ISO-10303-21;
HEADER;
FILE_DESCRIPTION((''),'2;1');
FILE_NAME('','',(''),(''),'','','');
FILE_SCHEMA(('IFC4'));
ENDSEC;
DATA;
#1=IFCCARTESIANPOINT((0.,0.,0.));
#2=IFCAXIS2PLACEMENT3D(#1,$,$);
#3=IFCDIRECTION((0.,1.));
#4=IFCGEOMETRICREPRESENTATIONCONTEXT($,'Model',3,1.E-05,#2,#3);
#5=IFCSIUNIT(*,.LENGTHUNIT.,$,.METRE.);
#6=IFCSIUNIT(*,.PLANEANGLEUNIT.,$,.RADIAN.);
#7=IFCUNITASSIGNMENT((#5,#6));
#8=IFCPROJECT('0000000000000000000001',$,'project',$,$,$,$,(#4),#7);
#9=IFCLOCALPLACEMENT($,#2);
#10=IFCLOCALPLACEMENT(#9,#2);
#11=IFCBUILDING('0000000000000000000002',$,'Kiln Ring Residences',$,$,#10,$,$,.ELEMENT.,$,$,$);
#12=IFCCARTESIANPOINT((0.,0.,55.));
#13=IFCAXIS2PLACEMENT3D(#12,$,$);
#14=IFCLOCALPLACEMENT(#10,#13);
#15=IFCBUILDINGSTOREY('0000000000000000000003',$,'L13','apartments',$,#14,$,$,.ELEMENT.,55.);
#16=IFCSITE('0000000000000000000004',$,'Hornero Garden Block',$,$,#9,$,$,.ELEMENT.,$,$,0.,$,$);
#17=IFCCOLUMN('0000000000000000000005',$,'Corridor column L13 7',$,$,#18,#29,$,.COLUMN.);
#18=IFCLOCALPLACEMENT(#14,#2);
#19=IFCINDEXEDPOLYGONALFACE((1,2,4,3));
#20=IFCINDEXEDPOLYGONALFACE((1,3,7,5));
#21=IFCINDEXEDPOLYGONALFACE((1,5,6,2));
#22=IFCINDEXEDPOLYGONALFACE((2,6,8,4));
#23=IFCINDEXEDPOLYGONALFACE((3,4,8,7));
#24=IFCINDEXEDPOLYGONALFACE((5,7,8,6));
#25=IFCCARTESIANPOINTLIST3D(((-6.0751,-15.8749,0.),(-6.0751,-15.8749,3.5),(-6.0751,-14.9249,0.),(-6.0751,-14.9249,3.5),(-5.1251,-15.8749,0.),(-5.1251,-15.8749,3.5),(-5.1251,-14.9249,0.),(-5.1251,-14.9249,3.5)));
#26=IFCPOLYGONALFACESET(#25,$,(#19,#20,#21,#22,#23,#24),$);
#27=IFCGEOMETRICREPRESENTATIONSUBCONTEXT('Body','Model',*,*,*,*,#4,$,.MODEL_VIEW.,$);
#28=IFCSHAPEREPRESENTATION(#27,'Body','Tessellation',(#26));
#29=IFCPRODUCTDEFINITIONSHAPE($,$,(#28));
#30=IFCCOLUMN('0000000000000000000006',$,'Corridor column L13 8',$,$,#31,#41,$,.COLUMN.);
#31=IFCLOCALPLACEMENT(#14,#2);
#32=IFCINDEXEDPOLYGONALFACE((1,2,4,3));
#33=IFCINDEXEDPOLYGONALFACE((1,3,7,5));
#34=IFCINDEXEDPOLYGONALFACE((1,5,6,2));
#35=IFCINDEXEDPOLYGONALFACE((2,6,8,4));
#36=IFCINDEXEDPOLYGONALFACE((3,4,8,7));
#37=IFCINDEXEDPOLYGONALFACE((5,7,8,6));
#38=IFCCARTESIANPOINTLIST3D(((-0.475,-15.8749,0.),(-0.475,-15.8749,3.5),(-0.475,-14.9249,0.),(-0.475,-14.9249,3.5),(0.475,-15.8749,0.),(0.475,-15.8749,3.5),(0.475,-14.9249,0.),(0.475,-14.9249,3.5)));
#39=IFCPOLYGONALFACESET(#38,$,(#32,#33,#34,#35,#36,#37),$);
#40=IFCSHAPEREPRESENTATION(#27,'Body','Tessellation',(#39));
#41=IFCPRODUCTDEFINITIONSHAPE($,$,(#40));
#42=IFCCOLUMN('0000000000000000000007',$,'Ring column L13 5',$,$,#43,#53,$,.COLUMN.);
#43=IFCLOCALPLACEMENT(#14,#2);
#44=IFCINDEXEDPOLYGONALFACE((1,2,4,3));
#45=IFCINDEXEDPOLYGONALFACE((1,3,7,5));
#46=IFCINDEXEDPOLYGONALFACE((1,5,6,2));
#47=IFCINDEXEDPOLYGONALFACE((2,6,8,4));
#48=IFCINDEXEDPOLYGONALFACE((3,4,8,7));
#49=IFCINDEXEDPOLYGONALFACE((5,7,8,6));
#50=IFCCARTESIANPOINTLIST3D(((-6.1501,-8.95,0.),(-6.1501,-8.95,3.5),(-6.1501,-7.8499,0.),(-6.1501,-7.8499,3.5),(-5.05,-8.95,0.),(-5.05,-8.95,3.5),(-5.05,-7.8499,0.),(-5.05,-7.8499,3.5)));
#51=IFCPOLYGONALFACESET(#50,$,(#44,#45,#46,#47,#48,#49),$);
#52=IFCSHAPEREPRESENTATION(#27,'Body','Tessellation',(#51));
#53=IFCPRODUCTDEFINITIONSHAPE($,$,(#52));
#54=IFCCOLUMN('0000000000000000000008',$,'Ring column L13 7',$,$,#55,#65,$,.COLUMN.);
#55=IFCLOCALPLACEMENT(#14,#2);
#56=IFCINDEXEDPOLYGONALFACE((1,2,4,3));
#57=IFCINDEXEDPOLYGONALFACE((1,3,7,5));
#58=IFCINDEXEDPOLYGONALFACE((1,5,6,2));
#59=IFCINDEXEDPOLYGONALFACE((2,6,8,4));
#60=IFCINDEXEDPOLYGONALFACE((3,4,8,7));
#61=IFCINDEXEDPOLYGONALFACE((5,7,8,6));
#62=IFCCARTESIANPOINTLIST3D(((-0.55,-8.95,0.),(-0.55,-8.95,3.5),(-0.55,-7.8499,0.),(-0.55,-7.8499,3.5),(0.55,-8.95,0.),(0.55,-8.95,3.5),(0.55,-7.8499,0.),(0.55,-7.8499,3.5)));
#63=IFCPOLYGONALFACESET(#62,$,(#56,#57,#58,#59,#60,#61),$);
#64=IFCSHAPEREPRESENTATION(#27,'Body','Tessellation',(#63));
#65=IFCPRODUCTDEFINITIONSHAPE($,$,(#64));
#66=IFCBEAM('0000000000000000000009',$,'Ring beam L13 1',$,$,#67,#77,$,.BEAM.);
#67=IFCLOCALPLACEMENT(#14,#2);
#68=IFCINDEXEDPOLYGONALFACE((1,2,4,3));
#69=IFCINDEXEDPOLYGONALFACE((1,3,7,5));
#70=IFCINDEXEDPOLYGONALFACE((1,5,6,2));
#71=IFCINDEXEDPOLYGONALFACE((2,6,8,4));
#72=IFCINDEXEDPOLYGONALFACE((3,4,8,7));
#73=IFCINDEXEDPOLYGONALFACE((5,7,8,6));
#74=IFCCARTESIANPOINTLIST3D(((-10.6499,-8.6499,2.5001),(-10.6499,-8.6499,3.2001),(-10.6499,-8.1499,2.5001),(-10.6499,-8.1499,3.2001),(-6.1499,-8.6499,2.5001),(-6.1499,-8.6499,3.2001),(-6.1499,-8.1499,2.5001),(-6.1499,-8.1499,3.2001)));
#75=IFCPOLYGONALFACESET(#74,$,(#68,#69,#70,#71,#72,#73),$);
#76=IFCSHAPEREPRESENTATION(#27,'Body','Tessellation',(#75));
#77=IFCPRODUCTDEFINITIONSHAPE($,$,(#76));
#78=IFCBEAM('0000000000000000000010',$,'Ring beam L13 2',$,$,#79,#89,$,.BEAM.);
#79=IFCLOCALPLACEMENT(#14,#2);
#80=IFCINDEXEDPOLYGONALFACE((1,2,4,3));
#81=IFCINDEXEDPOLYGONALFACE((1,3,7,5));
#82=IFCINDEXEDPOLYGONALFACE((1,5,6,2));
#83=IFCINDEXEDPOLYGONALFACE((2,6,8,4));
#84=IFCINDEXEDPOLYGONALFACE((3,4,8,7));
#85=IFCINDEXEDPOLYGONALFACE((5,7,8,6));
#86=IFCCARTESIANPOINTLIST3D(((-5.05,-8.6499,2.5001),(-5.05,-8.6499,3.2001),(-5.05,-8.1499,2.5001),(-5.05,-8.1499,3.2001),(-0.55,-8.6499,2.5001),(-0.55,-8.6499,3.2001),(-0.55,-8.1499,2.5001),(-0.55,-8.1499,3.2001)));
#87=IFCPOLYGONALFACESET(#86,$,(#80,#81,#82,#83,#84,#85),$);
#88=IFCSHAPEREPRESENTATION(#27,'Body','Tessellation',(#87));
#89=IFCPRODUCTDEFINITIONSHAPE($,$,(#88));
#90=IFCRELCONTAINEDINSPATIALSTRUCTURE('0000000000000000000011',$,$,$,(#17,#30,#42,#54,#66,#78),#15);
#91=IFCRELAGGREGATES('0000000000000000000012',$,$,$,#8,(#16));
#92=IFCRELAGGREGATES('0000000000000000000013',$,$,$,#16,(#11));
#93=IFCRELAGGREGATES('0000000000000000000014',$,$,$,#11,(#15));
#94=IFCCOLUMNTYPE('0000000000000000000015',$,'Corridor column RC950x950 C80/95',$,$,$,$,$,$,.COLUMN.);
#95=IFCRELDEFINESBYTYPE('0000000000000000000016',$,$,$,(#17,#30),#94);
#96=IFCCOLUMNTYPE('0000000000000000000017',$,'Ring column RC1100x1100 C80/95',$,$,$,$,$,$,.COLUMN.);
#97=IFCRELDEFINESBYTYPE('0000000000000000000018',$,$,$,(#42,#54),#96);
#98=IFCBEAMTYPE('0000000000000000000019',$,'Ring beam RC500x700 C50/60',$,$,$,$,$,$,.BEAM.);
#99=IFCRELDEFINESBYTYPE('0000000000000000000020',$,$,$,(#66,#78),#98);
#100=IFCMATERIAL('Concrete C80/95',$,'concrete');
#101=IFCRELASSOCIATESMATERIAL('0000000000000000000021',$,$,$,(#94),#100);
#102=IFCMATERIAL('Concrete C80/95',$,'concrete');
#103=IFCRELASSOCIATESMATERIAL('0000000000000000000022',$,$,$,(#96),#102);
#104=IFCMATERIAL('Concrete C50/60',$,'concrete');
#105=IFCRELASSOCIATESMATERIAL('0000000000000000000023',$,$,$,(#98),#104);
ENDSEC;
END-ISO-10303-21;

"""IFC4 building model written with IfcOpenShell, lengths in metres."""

from ifc_helpers import new_model, si_unit, direction, frame, origin, origin_2d, place, context, subcontext, project, spatial, rectangle, extrude, material, material_profile, profile_set, type_object, element, save


model = new_model("IFC4")

# Units and contexts
model_context = context("Model", 3, precision=1e-05, world=origin(), true_north=direction((0.0, 1.0)))
body_context = subcontext(model_context, "Body", "Model", "MODEL_VIEW")
ifc_project = project(units=[si_unit("LENGTHUNIT", "METRE"), si_unit("PLANEANGLEUNIT", "RADIAN")], contexts=[model_context])

# Site, building, storey
site_placement = place(None, origin())
site = spatial("IfcSite", under=ifc_project, at=site_placement, Name="Hornero Garden Block", CompositionType="ELEMENT", RefElevation=0.0)
building_placement = place(site_placement, origin())
building = spatial("IfcBuilding", under=site, at=building_placement, Name="Kiln Ring Residences", CompositionType="ELEMENT")
storey_placement = place(building_placement, frame((0.0, 0.0, 55.0)))
storey = spatial("IfcBuildingStorey", under=building, at=storey_placement, Name="L13", Description="apartments", CompositionType="ELEMENT", Elevation=55.0)

# Columns
ifc_material_1 = material(Name="Concrete C80/95", Category="concrete")
ifc_material_profile_1 = material_profile(ifc_material_1, rectangle(XDim=0.95, YDim=0.95, at=origin_2d()), Name="RC950x950")
ifc_profile_set_1 = profile_set([ifc_material_profile_1], Name="Concrete C80/95")
column_type_1 = type_object("IfcColumnType", Name="Corridor column RC950x950 C80/95", PredefinedType="COLUMN", material=ifc_profile_set_1)
for number, where, z_axis, x_axis, name in (
    (1, (-5.6001, -15.3999, 0.0), (0.0, 0.0, 1.0), (1.0, 0.0, 0.0), "Corridor column L13 7"),
    (2, (0.0, -15.3999, 0.0), (0.0, 0.0, 1.0), (1.0, 0.0, 0.0), "Corridor column L13 8"),
):
    element("IfcColumn", number, at=place(storey_placement, frame(where, z_axis=z_axis, x_axis=x_axis)), inside=storey, type_object=column_type_1, Name=name, PredefinedType="COLUMN", context=body_context, shape_type="SweptSolid", body=[
        extrude(rectangle(XDim=0.95, YDim=0.95, at=origin_2d()), origin(), (0.0, 0.0, 1.0), 3.5),
    ])
ifc_material_2 = material(Name="Concrete C80/95", Category="concrete")
ifc_material_profile_2 = material_profile(ifc_material_2, rectangle(XDim=1.1001, YDim=1.1001, at=origin_2d()), Name="RC1100x1100")
ifc_profile_set_2 = profile_set([ifc_material_profile_2], Name="Concrete C80/95")
column_type_2 = type_object("IfcColumnType", Name="Ring column RC1100x1100 C80/95", PredefinedType="COLUMN", material=ifc_profile_set_2)
for number, where, z_axis, x_axis, name in (
    (3, (-5.6001, -8.3999, 0.0), (0.0, 0.0, 1.0), (1.0, 0.0, 0.0), "Ring column L13 5"),
    (4, (0.0, -8.3999, 0.0), (0.0, 0.0, 1.0), (1.0, 0.0, 0.0), "Ring column L13 7"),
):
    element("IfcColumn", number, at=place(storey_placement, frame(where, z_axis=z_axis, x_axis=x_axis)), inside=storey, type_object=column_type_2, Name=name, PredefinedType="COLUMN", context=body_context, shape_type="SweptSolid", body=[
        extrude(rectangle(XDim=1.1001, YDim=1.1001, at=origin_2d()), origin(), (0.0, 0.0, 1.0), 3.5),
    ])

# Beams
ifc_material_3 = material(Name="Concrete C50/60", Category="concrete")
ifc_material_profile_3 = material_profile(ifc_material_3, rectangle(XDim=0.5, YDim=0.7, at=origin_2d()), Name="RC500x700")
ifc_profile_set_3 = profile_set([ifc_material_profile_3], Name="Concrete C50/60")
beam_type = type_object("IfcBeamType", Name="Ring beam RC500x700 C50/60", PredefinedType="BEAM", material=ifc_profile_set_3)
for number, where, z_axis, x_axis, name in (
    (5, (-10.6499, -8.3999, 2.8501), (1.0, 0.0, 0.0), (0.0, 1.0, 0.0), "Ring beam L13 1"),
    (6, (-5.05, -8.3999, 2.8501), (1.0, 0.0, 0.0), (0.0, 1.0, 0.0), "Ring beam L13 2"),
):
    element("IfcBeam", number, at=place(storey_placement, frame(where, z_axis=z_axis, x_axis=x_axis)), inside=storey, type_object=beam_type, Name=name, PredefinedType="BEAM", context=body_context, shape_type="SweptSolid", body=[
        extrude(rectangle(XDim=0.5, YDim=0.7, at=origin_2d()), origin(), (0.0, 0.0, 1.0), 4.5),
    ])

save(model, "model.ifc")
